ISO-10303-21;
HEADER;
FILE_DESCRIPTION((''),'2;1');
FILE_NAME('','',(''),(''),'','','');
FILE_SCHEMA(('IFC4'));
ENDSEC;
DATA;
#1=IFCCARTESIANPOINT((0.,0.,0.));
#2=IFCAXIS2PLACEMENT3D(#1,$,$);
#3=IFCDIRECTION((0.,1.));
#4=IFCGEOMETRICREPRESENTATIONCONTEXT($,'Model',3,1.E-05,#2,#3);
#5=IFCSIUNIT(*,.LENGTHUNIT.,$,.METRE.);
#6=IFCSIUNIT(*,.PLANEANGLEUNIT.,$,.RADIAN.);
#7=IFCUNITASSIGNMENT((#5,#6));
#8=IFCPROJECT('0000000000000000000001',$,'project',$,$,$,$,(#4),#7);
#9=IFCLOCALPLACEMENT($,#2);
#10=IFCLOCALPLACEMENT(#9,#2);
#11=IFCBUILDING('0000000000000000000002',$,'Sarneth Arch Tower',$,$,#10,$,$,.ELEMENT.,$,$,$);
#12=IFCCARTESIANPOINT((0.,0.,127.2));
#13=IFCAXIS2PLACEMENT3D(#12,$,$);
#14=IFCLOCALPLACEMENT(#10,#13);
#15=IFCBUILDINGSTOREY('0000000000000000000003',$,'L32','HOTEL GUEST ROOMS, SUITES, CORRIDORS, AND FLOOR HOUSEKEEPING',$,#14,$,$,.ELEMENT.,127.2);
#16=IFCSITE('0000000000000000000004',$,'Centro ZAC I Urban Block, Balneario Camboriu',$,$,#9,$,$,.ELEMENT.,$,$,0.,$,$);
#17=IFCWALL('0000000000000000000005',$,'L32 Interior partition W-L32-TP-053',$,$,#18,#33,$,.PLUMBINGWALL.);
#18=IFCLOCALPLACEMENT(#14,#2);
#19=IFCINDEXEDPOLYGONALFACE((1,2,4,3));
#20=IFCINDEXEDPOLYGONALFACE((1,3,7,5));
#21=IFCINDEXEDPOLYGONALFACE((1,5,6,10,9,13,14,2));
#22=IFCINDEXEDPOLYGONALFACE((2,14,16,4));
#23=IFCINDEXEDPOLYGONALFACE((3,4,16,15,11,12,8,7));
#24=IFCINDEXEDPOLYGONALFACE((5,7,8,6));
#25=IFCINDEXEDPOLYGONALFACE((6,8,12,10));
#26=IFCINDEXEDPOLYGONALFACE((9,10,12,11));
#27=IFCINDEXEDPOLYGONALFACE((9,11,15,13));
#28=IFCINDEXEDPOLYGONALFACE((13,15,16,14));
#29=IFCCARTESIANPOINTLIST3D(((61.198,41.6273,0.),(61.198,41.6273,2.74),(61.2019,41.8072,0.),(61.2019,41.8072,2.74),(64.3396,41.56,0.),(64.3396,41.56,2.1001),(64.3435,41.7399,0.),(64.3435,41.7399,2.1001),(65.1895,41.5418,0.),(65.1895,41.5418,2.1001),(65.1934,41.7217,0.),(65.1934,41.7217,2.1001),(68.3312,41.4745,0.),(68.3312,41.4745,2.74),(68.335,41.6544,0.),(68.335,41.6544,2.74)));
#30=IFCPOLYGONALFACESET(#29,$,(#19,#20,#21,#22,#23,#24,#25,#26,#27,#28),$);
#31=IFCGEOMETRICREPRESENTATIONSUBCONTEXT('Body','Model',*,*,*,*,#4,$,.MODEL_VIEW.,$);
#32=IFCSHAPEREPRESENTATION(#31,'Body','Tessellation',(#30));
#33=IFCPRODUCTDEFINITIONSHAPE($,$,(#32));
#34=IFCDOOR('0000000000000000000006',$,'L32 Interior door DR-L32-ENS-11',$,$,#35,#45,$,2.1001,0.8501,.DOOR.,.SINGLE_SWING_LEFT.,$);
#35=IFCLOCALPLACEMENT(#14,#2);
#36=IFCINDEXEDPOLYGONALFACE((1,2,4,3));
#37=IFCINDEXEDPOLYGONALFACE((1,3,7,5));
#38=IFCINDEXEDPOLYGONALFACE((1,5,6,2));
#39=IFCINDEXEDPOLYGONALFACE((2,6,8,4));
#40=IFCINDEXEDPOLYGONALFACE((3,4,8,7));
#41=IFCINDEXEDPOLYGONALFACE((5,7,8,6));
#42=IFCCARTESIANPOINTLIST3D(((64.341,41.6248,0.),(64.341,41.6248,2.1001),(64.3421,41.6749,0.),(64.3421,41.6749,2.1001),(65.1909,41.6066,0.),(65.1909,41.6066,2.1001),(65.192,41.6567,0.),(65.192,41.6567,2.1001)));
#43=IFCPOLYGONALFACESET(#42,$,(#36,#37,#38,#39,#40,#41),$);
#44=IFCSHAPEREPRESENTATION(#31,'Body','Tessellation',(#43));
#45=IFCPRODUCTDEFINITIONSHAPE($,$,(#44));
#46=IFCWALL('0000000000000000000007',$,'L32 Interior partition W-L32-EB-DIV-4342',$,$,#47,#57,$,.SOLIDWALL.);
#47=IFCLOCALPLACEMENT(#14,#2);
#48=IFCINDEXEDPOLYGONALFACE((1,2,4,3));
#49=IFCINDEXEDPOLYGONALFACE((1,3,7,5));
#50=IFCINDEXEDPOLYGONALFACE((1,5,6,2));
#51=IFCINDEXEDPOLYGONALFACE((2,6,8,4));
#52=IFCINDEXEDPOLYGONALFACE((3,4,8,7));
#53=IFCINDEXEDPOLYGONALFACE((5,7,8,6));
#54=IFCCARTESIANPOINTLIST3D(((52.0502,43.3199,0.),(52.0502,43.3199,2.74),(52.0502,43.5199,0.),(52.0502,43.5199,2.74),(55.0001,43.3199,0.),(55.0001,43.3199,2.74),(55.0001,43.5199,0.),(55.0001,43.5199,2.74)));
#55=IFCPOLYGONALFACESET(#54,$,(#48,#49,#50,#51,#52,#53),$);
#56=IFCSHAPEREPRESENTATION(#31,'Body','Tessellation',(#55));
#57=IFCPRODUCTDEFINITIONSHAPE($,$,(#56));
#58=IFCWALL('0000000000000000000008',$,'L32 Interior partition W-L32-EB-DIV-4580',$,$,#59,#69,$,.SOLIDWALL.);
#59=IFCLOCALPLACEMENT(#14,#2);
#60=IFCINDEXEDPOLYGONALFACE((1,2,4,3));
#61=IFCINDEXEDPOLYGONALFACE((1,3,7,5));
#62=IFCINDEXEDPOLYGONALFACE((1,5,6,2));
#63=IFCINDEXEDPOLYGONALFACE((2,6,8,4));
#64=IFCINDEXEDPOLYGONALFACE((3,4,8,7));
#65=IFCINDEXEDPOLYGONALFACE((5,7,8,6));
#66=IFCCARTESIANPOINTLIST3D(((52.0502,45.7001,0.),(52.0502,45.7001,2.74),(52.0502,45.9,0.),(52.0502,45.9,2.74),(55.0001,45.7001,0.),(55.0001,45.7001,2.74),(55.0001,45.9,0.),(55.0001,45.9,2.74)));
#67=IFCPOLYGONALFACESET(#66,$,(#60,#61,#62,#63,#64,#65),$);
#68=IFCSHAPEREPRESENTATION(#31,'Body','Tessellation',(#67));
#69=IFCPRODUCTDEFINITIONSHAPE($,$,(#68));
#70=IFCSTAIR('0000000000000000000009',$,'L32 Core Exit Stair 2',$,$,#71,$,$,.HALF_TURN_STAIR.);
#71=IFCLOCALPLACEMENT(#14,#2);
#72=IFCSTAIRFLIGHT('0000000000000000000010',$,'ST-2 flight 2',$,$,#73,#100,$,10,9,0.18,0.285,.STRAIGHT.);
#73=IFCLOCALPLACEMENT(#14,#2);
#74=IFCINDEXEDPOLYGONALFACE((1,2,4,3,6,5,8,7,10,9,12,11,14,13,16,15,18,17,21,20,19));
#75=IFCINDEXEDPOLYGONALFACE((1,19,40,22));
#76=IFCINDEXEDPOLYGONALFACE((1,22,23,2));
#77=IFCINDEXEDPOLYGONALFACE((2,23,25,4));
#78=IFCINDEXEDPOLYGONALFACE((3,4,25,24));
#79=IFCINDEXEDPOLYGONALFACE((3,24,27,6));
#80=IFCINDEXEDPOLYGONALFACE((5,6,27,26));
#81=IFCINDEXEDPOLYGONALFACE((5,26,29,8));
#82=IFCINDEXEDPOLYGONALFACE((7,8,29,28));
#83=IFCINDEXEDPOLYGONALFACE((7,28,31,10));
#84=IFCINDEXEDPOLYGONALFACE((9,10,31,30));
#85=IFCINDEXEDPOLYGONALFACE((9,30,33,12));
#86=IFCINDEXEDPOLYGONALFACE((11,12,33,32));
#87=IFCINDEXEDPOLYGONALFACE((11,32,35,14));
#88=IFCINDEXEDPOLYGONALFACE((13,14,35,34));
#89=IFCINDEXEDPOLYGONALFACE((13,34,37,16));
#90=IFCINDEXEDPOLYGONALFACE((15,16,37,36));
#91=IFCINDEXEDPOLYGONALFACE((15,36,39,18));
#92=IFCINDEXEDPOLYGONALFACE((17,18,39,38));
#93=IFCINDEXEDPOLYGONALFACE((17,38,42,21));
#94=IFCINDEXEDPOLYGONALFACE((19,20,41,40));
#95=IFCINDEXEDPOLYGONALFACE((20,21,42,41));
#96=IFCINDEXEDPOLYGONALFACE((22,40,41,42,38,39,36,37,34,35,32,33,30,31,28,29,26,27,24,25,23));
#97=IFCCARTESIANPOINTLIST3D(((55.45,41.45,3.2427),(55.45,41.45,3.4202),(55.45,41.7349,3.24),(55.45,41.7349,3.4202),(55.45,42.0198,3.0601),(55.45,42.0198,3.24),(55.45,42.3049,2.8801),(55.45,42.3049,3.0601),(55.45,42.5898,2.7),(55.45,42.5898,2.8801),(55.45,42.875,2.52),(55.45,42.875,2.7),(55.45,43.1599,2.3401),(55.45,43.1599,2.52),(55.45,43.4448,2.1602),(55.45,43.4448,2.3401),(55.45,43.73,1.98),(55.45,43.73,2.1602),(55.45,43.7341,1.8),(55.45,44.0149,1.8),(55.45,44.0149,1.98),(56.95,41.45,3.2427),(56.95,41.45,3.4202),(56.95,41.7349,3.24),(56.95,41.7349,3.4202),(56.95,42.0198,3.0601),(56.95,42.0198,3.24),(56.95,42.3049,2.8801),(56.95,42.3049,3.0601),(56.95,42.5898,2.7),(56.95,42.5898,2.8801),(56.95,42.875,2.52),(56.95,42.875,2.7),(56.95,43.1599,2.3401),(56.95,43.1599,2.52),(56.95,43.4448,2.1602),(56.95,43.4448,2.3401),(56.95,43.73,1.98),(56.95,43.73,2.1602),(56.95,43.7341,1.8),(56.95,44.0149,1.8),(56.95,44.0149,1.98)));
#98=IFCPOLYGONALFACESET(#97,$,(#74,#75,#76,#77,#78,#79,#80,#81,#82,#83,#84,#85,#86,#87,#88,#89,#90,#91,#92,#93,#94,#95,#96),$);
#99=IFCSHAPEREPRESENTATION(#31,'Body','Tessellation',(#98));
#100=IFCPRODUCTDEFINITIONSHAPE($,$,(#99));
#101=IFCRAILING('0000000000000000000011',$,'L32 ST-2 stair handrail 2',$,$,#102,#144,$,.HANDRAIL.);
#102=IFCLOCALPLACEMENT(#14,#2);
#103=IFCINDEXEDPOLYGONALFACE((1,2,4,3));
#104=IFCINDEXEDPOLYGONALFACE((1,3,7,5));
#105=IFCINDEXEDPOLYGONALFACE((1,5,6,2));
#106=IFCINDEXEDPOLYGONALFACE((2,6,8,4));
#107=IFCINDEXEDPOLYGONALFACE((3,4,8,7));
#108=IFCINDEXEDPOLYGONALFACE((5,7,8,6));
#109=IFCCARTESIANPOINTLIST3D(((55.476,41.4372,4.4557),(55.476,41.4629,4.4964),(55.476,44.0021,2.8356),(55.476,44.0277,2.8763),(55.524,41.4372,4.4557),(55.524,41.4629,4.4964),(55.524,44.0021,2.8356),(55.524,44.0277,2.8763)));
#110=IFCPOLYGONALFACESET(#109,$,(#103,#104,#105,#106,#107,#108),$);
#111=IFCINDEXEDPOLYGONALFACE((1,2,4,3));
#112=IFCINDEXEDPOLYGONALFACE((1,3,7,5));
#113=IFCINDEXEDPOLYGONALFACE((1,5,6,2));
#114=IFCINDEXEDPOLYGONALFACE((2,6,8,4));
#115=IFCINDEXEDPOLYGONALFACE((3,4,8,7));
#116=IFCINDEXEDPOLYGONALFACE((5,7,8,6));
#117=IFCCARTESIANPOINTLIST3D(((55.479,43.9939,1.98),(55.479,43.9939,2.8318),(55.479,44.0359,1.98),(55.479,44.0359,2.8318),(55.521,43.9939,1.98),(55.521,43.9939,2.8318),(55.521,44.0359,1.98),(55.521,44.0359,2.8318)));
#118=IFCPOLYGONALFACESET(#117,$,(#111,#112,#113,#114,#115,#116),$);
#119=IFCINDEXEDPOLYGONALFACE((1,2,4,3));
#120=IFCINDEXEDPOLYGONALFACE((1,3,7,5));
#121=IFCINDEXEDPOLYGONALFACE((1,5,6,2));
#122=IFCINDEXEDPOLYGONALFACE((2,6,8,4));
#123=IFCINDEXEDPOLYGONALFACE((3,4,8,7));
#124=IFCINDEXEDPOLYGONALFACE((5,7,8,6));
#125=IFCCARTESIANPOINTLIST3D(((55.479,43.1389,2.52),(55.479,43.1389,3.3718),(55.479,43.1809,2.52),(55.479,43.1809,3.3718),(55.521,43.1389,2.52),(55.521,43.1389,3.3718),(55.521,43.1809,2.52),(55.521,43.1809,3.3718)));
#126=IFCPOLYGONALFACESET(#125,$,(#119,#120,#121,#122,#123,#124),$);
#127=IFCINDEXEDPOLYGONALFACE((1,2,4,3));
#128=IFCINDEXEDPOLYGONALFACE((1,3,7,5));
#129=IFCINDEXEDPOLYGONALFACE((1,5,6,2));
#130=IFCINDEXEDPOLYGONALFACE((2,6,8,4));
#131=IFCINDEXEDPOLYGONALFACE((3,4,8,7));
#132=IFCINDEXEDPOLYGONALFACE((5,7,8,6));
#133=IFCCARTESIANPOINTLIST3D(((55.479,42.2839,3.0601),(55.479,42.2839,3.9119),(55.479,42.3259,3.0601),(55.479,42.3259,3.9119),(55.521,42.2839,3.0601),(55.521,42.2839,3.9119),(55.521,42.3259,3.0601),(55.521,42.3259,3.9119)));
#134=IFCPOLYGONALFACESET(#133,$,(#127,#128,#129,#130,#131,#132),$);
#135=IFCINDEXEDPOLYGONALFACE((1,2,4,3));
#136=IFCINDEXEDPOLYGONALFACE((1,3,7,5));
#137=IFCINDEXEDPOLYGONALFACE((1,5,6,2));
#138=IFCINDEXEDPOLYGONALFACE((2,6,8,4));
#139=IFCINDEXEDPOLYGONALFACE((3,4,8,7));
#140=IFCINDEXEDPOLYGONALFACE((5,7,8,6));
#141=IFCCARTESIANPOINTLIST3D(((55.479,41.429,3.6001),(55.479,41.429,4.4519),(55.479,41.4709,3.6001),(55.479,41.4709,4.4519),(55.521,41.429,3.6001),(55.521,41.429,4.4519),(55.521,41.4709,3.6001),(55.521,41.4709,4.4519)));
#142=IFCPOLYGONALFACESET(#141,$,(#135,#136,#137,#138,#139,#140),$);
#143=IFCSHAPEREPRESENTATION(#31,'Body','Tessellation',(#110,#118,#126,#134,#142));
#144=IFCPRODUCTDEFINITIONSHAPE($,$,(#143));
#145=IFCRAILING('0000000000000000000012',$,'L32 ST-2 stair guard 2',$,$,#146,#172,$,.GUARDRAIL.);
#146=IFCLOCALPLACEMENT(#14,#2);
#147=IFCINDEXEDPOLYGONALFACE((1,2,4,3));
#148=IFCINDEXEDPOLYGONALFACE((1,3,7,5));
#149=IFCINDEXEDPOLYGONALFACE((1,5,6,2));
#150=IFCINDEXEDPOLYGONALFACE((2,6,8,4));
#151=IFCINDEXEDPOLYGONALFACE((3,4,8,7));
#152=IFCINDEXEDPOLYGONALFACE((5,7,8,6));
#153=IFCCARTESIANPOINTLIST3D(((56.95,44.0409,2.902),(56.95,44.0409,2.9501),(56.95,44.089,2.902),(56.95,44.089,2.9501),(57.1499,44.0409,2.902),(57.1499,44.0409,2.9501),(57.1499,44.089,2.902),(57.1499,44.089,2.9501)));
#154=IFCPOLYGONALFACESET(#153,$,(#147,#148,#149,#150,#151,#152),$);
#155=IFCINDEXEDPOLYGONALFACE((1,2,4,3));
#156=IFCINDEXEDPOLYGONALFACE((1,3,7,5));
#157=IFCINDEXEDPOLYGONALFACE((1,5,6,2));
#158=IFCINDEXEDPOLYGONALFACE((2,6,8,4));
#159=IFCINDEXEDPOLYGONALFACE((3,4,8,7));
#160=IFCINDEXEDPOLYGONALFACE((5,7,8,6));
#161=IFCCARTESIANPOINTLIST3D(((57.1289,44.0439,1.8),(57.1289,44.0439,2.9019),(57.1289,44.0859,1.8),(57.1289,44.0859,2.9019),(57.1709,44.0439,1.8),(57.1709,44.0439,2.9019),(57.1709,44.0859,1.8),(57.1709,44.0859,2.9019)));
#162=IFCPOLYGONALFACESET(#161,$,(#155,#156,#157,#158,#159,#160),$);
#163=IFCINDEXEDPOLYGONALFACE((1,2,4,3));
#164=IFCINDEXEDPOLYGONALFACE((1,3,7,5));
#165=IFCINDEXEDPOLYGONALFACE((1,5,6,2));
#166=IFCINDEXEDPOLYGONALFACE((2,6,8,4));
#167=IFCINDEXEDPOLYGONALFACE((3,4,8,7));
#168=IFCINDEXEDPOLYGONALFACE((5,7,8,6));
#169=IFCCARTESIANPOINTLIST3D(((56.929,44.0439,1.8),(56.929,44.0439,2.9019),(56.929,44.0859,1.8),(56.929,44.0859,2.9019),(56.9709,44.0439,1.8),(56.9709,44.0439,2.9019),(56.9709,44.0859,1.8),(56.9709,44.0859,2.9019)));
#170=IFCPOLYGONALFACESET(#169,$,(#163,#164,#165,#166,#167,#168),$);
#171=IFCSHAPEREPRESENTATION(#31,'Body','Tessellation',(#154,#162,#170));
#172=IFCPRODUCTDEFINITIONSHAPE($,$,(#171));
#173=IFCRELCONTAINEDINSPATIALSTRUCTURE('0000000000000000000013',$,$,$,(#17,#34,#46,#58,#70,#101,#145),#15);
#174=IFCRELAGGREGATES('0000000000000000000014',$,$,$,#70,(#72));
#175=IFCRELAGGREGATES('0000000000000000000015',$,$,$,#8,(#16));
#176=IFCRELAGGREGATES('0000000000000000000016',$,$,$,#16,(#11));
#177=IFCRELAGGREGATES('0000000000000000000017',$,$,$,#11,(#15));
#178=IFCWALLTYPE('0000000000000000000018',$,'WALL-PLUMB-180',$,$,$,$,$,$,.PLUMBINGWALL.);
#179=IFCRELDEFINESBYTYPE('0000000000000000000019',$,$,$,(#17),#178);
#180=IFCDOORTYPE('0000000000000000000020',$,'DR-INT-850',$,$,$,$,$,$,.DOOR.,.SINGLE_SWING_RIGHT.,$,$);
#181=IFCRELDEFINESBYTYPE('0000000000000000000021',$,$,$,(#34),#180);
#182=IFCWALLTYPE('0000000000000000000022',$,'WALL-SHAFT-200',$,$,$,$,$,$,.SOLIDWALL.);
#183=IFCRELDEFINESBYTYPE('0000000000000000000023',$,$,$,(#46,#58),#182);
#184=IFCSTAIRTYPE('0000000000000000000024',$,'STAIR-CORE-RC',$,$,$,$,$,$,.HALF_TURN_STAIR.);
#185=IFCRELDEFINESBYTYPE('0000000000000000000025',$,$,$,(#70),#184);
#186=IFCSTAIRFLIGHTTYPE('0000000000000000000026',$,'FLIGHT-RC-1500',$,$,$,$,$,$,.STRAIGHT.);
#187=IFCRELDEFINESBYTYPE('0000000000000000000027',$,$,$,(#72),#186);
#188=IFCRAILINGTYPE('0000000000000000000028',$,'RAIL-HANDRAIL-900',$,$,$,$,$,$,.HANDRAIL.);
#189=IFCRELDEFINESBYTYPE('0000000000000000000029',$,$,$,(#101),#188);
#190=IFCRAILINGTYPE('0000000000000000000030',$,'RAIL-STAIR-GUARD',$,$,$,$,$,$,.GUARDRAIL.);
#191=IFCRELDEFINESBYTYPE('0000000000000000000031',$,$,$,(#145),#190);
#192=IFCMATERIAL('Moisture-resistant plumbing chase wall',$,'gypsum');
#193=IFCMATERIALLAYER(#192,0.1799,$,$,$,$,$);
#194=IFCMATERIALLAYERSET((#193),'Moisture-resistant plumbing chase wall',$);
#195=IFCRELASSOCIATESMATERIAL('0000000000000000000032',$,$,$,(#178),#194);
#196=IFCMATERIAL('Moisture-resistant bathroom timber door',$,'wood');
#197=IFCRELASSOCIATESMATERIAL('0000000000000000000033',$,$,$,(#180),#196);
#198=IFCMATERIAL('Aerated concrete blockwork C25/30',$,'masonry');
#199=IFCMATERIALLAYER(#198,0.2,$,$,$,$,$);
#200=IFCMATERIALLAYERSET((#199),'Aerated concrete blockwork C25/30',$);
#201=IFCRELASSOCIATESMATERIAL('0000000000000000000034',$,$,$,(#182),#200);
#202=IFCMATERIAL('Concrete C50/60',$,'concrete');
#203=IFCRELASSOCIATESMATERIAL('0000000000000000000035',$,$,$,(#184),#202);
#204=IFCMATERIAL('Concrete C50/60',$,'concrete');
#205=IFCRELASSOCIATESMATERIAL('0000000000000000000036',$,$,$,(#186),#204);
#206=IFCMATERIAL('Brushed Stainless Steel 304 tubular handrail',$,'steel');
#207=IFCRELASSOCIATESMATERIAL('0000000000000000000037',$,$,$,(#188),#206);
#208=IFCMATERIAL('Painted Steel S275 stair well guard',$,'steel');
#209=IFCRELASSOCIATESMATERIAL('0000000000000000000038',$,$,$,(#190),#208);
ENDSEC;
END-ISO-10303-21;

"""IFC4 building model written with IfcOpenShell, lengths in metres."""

from ifc_helpers import new_model, si_unit, direction, frame, frame_2d, origin, origin_2d, place, context, subcontext, project, spatial, polyline, rectangle, outline, extrude, material, layer, layer_set, type_object, element, fill, aggregate, save


model = new_model("IFC4")

# Units and contexts
model_context = context("Model", 3, precision=1e-05, world=origin(), true_north=direction((0.0, 1.0)))
body_context = subcontext(model_context, "Body", "Model", "MODEL_VIEW")
ifc_project = project(units=[si_unit("LENGTHUNIT", "METRE"), si_unit("PLANEANGLEUNIT", "RADIAN")], contexts=[model_context])

# Site, building, storey
site_placement = place(None, origin())
site = spatial("IfcSite", under=ifc_project, at=site_placement, Name="Centro ZAC I Urban Block, Balneario Camboriu", CompositionType="ELEMENT", RefElevation=0.0)
building_placement = place(site_placement, origin())
building = spatial("IfcBuilding", under=site, at=building_placement, Name="Sarneth Arch Tower", CompositionType="ELEMENT")
storey_placement = place(building_placement, frame((0.0, 0.0, 127.2)))
storey = spatial("IfcBuildingStorey", under=building, at=storey_placement, Name="L32", Description="HOTEL GUEST ROOMS, SUITES, CORRIDORS, AND FLOOR HOUSEKEEPING", CompositionType="ELEMENT", Elevation=127.2)

# Wall, opening, door
ifc_material_1 = material(Name="Moisture-resistant plumbing chase wall", Category="gypsum")
ifc_layer_1 = layer(ifc_material_1, 0.1799)
ifc_layer_set_1 = layer_set([ifc_layer_1], Name="Moisture-resistant plumbing chase wall")
wall_type_1 = type_object("IfcWallType", Name="WALL-PLUMB-180", PredefinedType="PLUMBINGWALL", material=ifc_layer_set_1)
wall_1_placement = place(storey_placement, frame((61.2, 41.7173, 0.0), z_axis=(0.0, 0.0, 1.0), x_axis=(0.999771, -0.021421, 0.0)))
wall_1 = element("IfcWall", 1, at=wall_1_placement, inside=storey, type_object=wall_type_1, Name="L32 Interior partition W-L32-TP-053", PredefinedType="PLUMBINGWALL", context=body_context, shape_type="SweptSolid", body=[
    extrude(rectangle(XDim=7.1348, YDim=0.1799, at=frame_2d((3.5674, 0.0))), origin(), (0.0, 0.0, 1.0), 2.74),
])
opening_1_placement = place(wall_1_placement, frame((3.1423, 0.0, 0.0)))
opening_1 = element("IfcOpeningElement", 2, at=opening_1_placement, cuts=wall_1, PredefinedType="OPENING", context=body_context, shape_type="SweptSolid", body=[
    extrude(rectangle(XDim=0.8501, YDim=2.1001, at=frame_2d((0.425, 1.05))), frame((0.0, 0.0999, 0.0), z_axis=(0.0, -1.0, 0.0), x_axis=(1.0, 0.0, 0.0)), (0.0, 0.0, 1.0), 0.2),
])
ifc_material_2 = material(Name="Moisture-resistant bathroom timber door", Category="wood")
door_type_1 = type_object("IfcDoorType", Name="DR-INT-850", OperationType="SINGLE_SWING_RIGHT", PredefinedType="DOOR", material=ifc_material_2)
door_1_placement = place(opening_1_placement, origin())
door_1 = element("IfcDoor", 3, at=door_1_placement, inside=storey, type_object=door_type_1, Name="L32 Interior door DR-L32-ENS-11", OperationType="SINGLE_SWING_LEFT", OverallHeight=2.1001, OverallWidth=0.8501, PredefinedType="DOOR", context=body_context, shape_type="SweptSolid", body=[
    extrude(rectangle(XDim=0.8501, YDim=2.1001, at=frame_2d((0.425, 1.05))), frame((0.0, 0.0249, 0.0), z_axis=(0.0, -1.0, 0.0), x_axis=(1.0, 0.0, 0.0)), (0.0, 0.0, 1.0), 0.05),
])
fill(opening_1, door_1)

# Walls
ifc_material_3 = material(Name="Aerated concrete blockwork C25/30", Category="masonry")
ifc_layer_2 = layer(ifc_material_3, 0.2)
ifc_layer_set_2 = layer_set([ifc_layer_2], Name="Aerated concrete blockwork C25/30")
wall_type_2 = type_object("IfcWallType", Name="WALL-SHAFT-200", PredefinedType="SOLIDWALL", material=ifc_layer_set_2)
for number, where, z_axis, x_axis, name in (
    (4, (52.05, 43.4199, 0.0), (0.0, 0.0, 1.0), (1.0, 0.0, 0.0), "L32 Interior partition W-L32-EB-DIV-4342"),
    (5, (52.05, 45.8, 0.0), (0.0, 0.0, 1.0), (1.0, 0.0, 0.0), "L32 Interior partition W-L32-EB-DIV-4580"),
):
    element("IfcWall", number, at=place(storey_placement, frame(where, z_axis=z_axis, x_axis=x_axis)), inside=storey, type_object=wall_type_2, Name=name, PredefinedType="SOLIDWALL", context=body_context, shape_type="SweptSolid", body=[
        extrude(rectangle(XDim=2.95, YDim=0.2, at=frame_2d((1.4751, 0.0))), origin(), (0.0, 0.0, 1.0), 2.74),
    ])

# Stair, stair flight
ifc_material_4 = material(Name="Concrete C50/60", Category="concrete")
stair_type = type_object("IfcStairType", Name="STAIR-CORE-RC", PredefinedType="HALF_TURN_STAIR", material=ifc_material_4)
stair_placement = place(storey_placement, origin())
stair = element("IfcStair", 6, at=stair_placement, inside=storey, type_object=stair_type, Name="L32 Core Exit Stair 2", PredefinedType="HALF_TURN_STAIR")
ifc_material_5 = material(Name="Concrete C50/60", Category="concrete")
stair_flight_type = type_object("IfcStairFlightType", Name="FLIGHT-RC-1500", PredefinedType="STRAIGHT", material=ifc_material_5)
stair_flight_placement = place(storey_placement, frame((56.2, 44.0149, 1.8), z_axis=(0.0, 0.0, 1.0), x_axis=(0.0, -1.0, 0.0)))
stair_flight = element("IfcStairFlight", 7, at=stair_flight_placement, type_object=stair_flight_type, Name="ST-2 flight 2", NumberOfRisers=10, NumberOfTreads=9, PredefinedType="STRAIGHT", RiserHeight=0.18, TreadLength=0.285, context=body_context, shape_type="SweptSolid", body=[
    extrude(outline(polyline([(0.0, 0.0), (0.0, 0.1799), (0.2849, 0.1799), (0.2849, 0.3601), (0.5701, 0.3601), (0.5701, 0.54), (0.855, 0.54), (0.855, 0.72), (1.1399, 0.72), (1.1399, 0.8999), (1.425, 0.8999), (1.425, 1.0801), (1.71, 1.0801), (1.71, 1.26), (1.9951, 1.26), (1.9951, 1.4399), (2.28, 1.4399), (2.28, 1.6201), (2.5649, 1.6201), (2.5649, 1.8), (2.5649, 1.4426), (0.2808, 0.0), (0.0, 0.0)])), frame((0.0, 0.75, 0.0), z_axis=(0.0, -1.0, 0.0), x_axis=(1.0, 0.0, 0.0)), (0.0, 0.0, 1.0), 1.5),
])
aggregate(stair, [stair_flight])

# Railings
ifc_material_6 = material(Name="Brushed Stainless Steel 304 tubular handrail", Category="steel")
railing_type_1 = type_object("IfcRailingType", Name="RAIL-HANDRAIL-900", PredefinedType="HANDRAIL", material=ifc_material_6)
railing_1_placement = place(storey_placement, frame((55.5, 44.0149, 1.98)))
element("IfcRailing", 8, at=railing_1_placement, inside=storey, type_object=railing_type_1, Name="L32 ST-2 stair handrail 2", PredefinedType="HANDRAIL", context=body_context, shape_type="SweptSolid", body=[
    extrude(rectangle(XDim=0.0481, YDim=0.0481, at=origin_2d()), frame((0.0, 0.0, 0.876), z_axis=(0.0, -0.845466, 0.534029), x_axis=(1.0, 0.0, 0.0)), (0.0, 0.0, 1.0), 3.0337),
    extrude(rectangle(XDim=0.042, YDim=0.042, at=origin_2d()), origin(), (0.0, 0.0, 1.0), 0.8518),
    extrude(rectangle(XDim=0.042, YDim=0.042, at=origin_2d()), frame((0.0, -0.855, 0.54)), (0.0, 0.0, 1.0), 0.8518),
    extrude(rectangle(XDim=0.042, YDim=0.042, at=origin_2d()), frame((0.0, -1.71, 1.0801)), (0.0, 0.0, 1.0), 0.8518),
    extrude(rectangle(XDim=0.042, YDim=0.042, at=origin_2d()), frame((0.0, -2.5649, 1.6201)), (0.0, 0.0, 1.0), 0.8518),
])
ifc_material_7 = material(Name="Painted Steel S275 stair well guard", Category="steel")
railing_type_2 = type_object("IfcRailingType", Name="RAIL-STAIR-GUARD", PredefinedType="GUARDRAIL", material=ifc_material_7)
railing_2_placement = place(storey_placement, frame((57.1499, 44.0649, 1.8)))
element("IfcRailing", 9, at=railing_2_placement, inside=storey, type_object=railing_type_2, Name="L32 ST-2 stair guard 2", PredefinedType="GUARDRAIL", context=body_context, shape_type="SweptSolid", body=[
    extrude(rectangle(XDim=0.0481, YDim=0.0481, at=origin_2d()), frame((0.0, 0.0, 1.126), z_axis=(-1.0, 0.0, 0.0), x_axis=(0.0, -1.0, 0.0)), (0.0, 0.0, 1.0), 0.2),
    extrude(rectangle(XDim=0.042, YDim=0.042, at=origin_2d()), origin(), (0.0, 0.0, 1.0), 1.1018),
    extrude(rectangle(XDim=0.042, YDim=0.042, at=origin_2d()), frame((-0.2, 0.0, 0.0)), (0.0, 0.0, 1.0), 1.1018),
])

save(model, "model.ifc")
